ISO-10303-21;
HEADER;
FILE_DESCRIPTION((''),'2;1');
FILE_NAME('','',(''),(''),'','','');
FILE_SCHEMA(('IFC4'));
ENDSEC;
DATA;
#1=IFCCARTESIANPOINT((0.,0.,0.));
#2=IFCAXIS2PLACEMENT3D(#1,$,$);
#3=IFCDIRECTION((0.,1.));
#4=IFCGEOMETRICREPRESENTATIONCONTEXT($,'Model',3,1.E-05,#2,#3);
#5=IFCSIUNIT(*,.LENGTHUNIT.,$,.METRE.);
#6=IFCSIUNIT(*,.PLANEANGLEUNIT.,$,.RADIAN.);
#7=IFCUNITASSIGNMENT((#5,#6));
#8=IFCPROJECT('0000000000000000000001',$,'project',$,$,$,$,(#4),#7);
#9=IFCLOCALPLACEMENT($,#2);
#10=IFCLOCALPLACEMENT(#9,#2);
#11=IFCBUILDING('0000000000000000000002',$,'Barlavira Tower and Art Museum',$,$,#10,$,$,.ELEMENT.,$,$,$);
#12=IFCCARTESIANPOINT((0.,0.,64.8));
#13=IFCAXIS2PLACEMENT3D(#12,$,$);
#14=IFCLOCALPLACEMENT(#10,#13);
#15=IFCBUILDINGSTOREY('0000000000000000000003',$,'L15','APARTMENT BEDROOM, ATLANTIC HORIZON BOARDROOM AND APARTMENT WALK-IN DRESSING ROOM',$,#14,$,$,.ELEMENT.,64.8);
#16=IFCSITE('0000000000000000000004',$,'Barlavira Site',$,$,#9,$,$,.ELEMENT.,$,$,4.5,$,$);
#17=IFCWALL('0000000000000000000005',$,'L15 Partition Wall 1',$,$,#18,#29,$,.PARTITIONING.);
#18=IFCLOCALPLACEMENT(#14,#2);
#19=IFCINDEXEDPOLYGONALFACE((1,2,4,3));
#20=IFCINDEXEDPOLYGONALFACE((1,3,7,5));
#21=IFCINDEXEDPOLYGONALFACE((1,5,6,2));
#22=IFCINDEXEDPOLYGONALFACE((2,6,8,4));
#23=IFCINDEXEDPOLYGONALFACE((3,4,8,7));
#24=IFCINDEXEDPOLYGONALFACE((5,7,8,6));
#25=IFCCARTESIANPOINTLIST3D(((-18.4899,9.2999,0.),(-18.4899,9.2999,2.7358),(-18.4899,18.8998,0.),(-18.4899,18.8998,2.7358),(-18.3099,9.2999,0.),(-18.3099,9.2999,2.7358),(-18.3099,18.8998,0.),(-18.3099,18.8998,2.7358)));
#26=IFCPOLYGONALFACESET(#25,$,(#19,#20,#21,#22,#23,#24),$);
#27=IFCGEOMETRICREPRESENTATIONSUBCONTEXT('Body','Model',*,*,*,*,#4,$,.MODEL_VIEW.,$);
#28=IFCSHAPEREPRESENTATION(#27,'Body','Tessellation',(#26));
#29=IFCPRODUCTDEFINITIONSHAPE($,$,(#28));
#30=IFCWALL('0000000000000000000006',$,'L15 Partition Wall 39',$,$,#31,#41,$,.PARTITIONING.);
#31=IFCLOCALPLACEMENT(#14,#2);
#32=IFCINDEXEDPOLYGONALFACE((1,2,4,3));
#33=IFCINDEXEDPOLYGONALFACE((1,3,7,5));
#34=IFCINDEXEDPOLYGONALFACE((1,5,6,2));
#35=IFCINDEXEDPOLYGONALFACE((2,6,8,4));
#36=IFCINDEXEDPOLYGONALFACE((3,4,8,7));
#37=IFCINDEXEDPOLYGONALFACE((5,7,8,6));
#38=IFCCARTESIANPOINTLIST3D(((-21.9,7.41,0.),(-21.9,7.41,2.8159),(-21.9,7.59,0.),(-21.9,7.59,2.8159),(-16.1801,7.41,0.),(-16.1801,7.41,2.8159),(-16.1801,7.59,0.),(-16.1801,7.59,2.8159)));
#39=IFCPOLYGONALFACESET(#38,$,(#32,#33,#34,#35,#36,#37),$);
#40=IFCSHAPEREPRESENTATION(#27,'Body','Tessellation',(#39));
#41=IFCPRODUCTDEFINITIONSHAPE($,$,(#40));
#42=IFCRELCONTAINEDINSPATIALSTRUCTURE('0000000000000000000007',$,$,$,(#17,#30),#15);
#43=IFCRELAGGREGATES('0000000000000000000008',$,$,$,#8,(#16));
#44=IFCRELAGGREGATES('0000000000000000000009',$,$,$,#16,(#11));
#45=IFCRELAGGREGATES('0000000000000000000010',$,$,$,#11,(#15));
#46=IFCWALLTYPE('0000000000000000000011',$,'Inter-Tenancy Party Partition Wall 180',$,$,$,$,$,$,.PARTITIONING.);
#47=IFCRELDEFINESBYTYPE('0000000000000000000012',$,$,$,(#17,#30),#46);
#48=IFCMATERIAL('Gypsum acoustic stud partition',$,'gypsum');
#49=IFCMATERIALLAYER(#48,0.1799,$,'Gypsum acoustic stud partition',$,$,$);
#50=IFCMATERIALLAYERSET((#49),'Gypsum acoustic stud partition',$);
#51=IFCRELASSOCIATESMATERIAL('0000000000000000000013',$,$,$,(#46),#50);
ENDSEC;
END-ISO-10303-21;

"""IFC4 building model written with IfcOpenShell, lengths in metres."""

from ifc_helpers import new_model, si_unit, direction, frame, frame_2d, origin, place, context, subcontext, project, spatial, rectangle, extrude, material, layer, layer_set, type_object, element, save


model = new_model("IFC4")

# Units and contexts
model_context = context("Model", 3, precision=1e-05, world=origin(), true_north=direction((0.0, 1.0)))
body_context = subcontext(model_context, "Body", "Model", "MODEL_VIEW")
ifc_project = project(units=[si_unit("LENGTHUNIT", "METRE"), si_unit("PLANEANGLEUNIT", "RADIAN")], contexts=[model_context])

# Site, building, storey
site_placement = place(None, origin())
site = spatial("IfcSite", under=ifc_project, at=site_placement, Name="Barlavira Site", CompositionType="ELEMENT", RefElevation=4.5)
building_placement = place(site_placement, origin())
building = spatial("IfcBuilding", under=site, at=building_placement, Name="Barlavira Tower and Art Museum", CompositionType="ELEMENT")
storey_placement = place(building_placement, frame((0.0, 0.0, 64.8)))
storey = spatial("IfcBuildingStorey", under=building, at=storey_placement, Name="L15", Description="APARTMENT BEDROOM, ATLANTIC HORIZON BOARDROOM AND APARTMENT WALK-IN DRESSING ROOM", CompositionType="ELEMENT", Elevation=64.8)

# Shared definitions
ifc_material_1 = material(Name="Gypsum acoustic stud partition", Category="gypsum")

# Walls
ifc_layer_1 = layer(ifc_material_1, 0.1799, Name="Gypsum acoustic stud partition")
ifc_layer_set_1 = layer_set([ifc_layer_1], Name="Gypsum acoustic stud partition")
wall_type_1 = type_object("IfcWallType", Name="Inter-Tenancy Party Partition Wall 180", PredefinedType="PARTITIONING", material=ifc_layer_set_1)
wall_1_placement = place(storey_placement, frame((-18.3999, 9.3, 0.0), z_axis=(0.0, 0.0, 1.0), x_axis=(0.0, 1.0, 0.0)))
element("IfcWall", 1, at=wall_1_placement, inside=storey, type_object=wall_type_1, Name="L15 Partition Wall 1", PredefinedType="PARTITIONING", context=body_context, shape_type="SweptSolid", body=[
    extrude(rectangle(XDim=9.5999, YDim=0.1799, at=frame_2d((4.7998, 0.0))), origin(), (0.0, 0.0, 1.0), 2.7358),
])
wall_2_placement = place(storey_placement, frame((-21.8999, 7.5, 0.0), z_axis=(0.0, 0.0, 1.0), x_axis=(1.0, 0.0, 0.0)))
element("IfcWall", 2, at=wall_2_placement, inside=storey, type_object=wall_type_1, Name="L15 Partition Wall 39", PredefinedType="PARTITIONING", context=body_context, shape_type="SweptSolid", body=[
    extrude(rectangle(XDim=5.72, YDim=0.1799, at=frame_2d((2.8599, 0.0))), origin(), (0.0, 0.0, 1.0), 2.8159),
])

save(model, "model.ifc")
